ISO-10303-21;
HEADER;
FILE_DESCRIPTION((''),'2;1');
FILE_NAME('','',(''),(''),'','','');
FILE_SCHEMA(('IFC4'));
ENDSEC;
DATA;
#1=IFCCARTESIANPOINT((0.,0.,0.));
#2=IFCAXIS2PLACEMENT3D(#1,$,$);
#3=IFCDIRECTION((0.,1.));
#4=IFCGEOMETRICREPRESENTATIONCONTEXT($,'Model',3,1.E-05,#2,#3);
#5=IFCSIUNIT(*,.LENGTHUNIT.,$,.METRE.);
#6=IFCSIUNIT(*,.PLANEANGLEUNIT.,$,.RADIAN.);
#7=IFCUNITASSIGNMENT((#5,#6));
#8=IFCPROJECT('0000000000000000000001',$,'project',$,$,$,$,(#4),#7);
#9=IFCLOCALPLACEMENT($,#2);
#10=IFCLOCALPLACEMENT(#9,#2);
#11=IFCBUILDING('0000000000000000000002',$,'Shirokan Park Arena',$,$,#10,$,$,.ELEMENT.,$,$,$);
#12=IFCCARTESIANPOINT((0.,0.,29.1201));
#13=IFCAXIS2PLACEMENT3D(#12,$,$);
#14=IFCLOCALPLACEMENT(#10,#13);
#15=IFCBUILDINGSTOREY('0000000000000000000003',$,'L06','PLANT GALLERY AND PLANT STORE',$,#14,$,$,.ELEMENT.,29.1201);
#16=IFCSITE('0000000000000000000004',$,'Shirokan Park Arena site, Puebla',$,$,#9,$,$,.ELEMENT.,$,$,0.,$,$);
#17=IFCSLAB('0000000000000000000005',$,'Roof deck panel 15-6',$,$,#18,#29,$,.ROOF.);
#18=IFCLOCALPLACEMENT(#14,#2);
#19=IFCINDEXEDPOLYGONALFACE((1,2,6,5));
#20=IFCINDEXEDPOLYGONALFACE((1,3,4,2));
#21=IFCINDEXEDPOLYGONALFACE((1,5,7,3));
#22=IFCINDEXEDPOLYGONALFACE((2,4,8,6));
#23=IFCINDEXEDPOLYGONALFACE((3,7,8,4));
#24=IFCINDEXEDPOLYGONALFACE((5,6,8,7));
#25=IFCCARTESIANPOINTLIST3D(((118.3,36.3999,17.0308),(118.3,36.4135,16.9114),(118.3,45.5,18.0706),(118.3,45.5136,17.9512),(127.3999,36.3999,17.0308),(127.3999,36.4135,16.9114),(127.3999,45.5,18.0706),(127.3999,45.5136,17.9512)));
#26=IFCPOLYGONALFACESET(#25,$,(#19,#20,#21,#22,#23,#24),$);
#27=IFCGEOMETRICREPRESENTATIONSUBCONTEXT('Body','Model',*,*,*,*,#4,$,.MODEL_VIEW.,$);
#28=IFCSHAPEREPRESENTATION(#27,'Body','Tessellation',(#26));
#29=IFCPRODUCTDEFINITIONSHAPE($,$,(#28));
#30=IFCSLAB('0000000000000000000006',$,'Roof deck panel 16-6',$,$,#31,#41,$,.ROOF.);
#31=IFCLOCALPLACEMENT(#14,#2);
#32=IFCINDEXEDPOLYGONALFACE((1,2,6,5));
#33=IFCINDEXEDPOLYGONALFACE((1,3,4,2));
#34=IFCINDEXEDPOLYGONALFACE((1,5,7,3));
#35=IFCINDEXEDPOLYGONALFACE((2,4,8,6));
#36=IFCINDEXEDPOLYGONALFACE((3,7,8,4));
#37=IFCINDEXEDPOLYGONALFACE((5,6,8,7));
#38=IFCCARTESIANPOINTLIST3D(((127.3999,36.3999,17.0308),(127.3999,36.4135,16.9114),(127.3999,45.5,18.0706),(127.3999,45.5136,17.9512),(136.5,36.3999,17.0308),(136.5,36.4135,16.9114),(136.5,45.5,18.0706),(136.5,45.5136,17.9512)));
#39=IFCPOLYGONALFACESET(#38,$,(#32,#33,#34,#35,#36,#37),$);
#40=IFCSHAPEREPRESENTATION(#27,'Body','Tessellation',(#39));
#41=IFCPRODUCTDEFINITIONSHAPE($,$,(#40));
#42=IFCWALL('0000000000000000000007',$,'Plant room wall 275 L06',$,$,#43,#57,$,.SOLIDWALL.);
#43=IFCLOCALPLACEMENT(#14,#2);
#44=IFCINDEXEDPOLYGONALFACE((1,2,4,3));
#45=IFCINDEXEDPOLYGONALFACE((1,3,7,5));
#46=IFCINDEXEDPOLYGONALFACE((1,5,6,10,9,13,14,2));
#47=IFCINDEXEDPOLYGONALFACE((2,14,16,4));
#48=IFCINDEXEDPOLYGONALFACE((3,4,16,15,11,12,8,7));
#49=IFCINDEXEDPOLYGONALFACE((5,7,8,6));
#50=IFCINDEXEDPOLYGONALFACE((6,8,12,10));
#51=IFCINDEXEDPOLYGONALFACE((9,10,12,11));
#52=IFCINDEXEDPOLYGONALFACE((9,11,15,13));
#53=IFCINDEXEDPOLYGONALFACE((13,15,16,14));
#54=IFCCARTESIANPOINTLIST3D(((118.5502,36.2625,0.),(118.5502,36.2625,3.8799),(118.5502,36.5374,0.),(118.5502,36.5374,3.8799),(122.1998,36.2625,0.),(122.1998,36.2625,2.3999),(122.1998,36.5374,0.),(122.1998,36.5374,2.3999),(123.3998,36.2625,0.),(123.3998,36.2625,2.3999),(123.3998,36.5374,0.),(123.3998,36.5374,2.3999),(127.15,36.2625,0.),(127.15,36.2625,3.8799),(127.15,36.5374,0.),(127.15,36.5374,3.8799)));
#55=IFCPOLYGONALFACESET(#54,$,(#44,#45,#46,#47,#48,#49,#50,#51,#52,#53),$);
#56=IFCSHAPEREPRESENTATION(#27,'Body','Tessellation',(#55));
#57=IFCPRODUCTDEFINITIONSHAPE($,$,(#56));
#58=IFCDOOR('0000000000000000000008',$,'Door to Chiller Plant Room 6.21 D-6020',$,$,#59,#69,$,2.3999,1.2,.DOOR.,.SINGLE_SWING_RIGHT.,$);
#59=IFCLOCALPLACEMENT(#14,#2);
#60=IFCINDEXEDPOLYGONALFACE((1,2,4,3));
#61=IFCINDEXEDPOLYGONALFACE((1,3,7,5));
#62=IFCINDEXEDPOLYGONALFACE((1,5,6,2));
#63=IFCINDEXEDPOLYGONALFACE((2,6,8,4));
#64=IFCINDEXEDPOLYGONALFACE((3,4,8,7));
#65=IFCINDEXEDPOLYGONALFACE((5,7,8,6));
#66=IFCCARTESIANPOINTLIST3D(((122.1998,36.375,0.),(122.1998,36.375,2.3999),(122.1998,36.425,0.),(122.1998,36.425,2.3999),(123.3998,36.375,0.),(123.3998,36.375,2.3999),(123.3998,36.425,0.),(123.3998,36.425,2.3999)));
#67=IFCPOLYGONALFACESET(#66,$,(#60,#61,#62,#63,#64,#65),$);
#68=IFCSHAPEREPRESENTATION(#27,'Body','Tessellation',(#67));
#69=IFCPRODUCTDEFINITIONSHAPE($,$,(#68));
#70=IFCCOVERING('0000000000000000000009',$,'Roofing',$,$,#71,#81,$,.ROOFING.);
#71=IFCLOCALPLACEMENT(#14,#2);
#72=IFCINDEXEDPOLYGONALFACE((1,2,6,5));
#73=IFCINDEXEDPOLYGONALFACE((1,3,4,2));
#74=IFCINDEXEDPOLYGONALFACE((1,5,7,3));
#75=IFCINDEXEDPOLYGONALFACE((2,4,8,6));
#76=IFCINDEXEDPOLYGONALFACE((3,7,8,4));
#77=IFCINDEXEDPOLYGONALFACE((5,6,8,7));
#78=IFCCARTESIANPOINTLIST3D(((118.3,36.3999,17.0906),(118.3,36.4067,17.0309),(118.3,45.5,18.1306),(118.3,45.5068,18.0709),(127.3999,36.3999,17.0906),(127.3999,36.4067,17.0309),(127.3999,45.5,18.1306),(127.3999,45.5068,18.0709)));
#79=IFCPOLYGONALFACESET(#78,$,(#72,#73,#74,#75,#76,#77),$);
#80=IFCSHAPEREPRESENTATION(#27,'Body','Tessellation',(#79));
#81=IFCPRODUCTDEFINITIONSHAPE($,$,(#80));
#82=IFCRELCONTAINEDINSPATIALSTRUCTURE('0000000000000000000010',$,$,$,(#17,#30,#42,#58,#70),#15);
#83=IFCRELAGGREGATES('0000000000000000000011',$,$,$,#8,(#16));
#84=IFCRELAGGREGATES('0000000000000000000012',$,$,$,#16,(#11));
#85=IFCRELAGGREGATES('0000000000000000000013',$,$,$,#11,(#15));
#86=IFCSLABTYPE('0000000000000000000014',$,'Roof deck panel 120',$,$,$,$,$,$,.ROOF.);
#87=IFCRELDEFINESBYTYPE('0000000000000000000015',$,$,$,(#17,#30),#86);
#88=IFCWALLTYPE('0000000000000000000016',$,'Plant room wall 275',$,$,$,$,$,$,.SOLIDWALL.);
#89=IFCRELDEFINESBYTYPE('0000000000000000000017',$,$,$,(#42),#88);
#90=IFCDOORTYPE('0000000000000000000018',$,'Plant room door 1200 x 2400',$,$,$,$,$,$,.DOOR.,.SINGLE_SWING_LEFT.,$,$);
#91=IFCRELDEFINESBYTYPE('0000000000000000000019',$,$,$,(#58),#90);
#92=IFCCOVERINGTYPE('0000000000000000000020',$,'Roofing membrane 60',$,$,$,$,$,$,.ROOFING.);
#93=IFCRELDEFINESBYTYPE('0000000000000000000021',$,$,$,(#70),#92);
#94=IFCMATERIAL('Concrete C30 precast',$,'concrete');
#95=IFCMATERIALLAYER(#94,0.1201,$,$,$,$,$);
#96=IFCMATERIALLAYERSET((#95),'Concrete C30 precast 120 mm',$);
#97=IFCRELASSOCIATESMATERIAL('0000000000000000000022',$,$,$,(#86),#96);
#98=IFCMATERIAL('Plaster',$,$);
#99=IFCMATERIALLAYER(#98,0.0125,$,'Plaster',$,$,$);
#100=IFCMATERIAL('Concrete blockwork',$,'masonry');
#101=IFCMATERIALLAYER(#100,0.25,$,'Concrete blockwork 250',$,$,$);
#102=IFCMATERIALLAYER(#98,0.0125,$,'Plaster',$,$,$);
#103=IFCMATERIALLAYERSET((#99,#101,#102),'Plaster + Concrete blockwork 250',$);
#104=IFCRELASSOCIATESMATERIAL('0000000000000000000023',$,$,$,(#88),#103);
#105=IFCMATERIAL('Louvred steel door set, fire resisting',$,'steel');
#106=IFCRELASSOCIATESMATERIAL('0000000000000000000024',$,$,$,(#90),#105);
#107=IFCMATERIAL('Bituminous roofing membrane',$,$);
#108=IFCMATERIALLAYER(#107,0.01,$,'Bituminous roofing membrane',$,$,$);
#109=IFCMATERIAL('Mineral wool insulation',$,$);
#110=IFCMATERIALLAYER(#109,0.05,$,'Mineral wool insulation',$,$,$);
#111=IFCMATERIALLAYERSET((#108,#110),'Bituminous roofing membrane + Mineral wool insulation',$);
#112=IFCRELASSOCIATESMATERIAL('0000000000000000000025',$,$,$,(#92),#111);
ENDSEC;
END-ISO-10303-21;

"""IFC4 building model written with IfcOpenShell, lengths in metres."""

from ifc_helpers import new_model, si_unit, direction, frame, frame_2d, origin, place, context, subcontext, project, spatial, polyline, rectangle, outline, extrude, material, layer, layer_set, type_object, element, fill, save


model = new_model("IFC4")

# Units and contexts
model_context = context("Model", 3, precision=1e-05, world=origin(), true_north=direction((0.0, 1.0)))
body_context = subcontext(model_context, "Body", "Model", "MODEL_VIEW")
ifc_project = project(units=[si_unit("LENGTHUNIT", "METRE"), si_unit("PLANEANGLEUNIT", "RADIAN")], contexts=[model_context])

# Site, building, storey
site_placement = place(None, origin())
site = spatial("IfcSite", under=ifc_project, at=site_placement, Name="Shirokan Park Arena site, Puebla", CompositionType="ELEMENT", RefElevation=0.0)
building_placement = place(site_placement, origin())
building = spatial("IfcBuilding", under=site, at=building_placement, Name="Shirokan Park Arena", CompositionType="ELEMENT")
storey_placement = place(building_placement, frame((0.0, 0.0, 29.1201)))
storey = spatial("IfcBuildingStorey", under=building, at=storey_placement, Name="L06", Description="PLANT GALLERY AND PLANT STORE", CompositionType="ELEMENT", Elevation=29.1201)

# Slabs
ifc_material_1 = material(Name="Concrete C30 precast", Category="concrete")
ifc_layer_1 = layer(ifc_material_1, 0.1201)
ifc_layer_set_1 = layer_set([ifc_layer_1], Name="Concrete C30 precast 120 mm")
slab_type = type_object("IfcSlabType", Name="Roof deck panel 120", PredefinedType="ROOF", material=ifc_layer_set_1)
slab_1_placement = place(storey_placement, frame((118.3, 36.3999, 17.0308), z_axis=(0.0, -0.113523, 0.993535), x_axis=(1.0, 0.0, 0.0)))
element("IfcSlab", 1, at=slab_1_placement, inside=storey, type_object=slab_type, Name="Roof deck panel 15-6", PredefinedType="ROOF", context=body_context, shape_type="SweptSolid", body=[
    extrude(outline(polyline([(0.0, 0.0), (9.0999, 0.0), (9.0999, 9.1593), (0.0, 9.1593), (0.0, 0.0)])), origin(), (0.0, 0.0, -1.0), 0.1201),
])
slab_2_placement = place(storey_placement, frame((127.3999, 36.3999, 17.0308), z_axis=(0.0, -0.113523, 0.993535), x_axis=(1.0, 0.0, 0.0)))
element("IfcSlab", 2, at=slab_2_placement, inside=storey, type_object=slab_type, Name="Roof deck panel 16-6", PredefinedType="ROOF", context=body_context, shape_type="SweptSolid", body=[
    extrude(outline(polyline([(0.0, 0.0), (9.1001, 0.0), (9.1001, 9.1593), (0.0, 9.1593), (0.0, 0.0)])), origin(), (0.0, 0.0, -1.0), 0.1201),
])

# Wall, opening, door
ifc_material_2 = material(Name="Plaster")
ifc_layer_2 = layer(ifc_material_2, 0.0125, Name="Plaster")
ifc_material_3 = material(Name="Concrete blockwork", Category="masonry")
ifc_layer_3 = layer(ifc_material_3, 0.25, Name="Concrete blockwork 250")
ifc_layer_4 = layer(ifc_material_2, 0.0125, Name="Plaster")
ifc_layer_set_2 = layer_set([ifc_layer_2, ifc_layer_3, ifc_layer_4], Name="Plaster + Concrete blockwork 250")
wall_type = type_object("IfcWallType", Name="Plant room wall 275", PredefinedType="SOLIDWALL", material=ifc_layer_set_2)
wall_placement = place(storey_placement, frame((127.1499, 36.3999, 0.0), z_axis=(0.0, 0.0, 1.0), x_axis=(-1.0, 0.0, 0.0)))
wall = element("IfcWall", 3, at=wall_placement, inside=storey, type_object=wall_type, Name="Plant room wall 275 L06", PredefinedType="SOLIDWALL", context=body_context, shape_type="SweptSolid", body=[
    extrude(rectangle(XDim=8.5999, YDim=0.2749, at=frame_2d((4.2998, 0.0))), origin(), (0.0, 0.0, 1.0), 3.8799),
])
opening_placement = place(wall_placement, frame((3.75, 0.0, 0.0)))
opening = element("IfcOpeningElement", 4, at=opening_placement, cuts=wall, PredefinedType="OPENING", context=body_context, shape_type="SweptSolid", body=[
    extrude(rectangle(XDim=1.2, YDim=2.3999, at=frame_2d((0.6001, 1.2))), frame((0.0, 0.1475, 0.0), z_axis=(0.0, -1.0, 0.0), x_axis=(1.0, 0.0, 0.0)), (0.0, 0.0, 1.0), 0.2949),
])
ifc_material_4 = material(Name="Louvred steel door set, fire resisting", Category="steel")
door_type = type_object("IfcDoorType", Name="Plant room door 1200 x 2400", OperationType="SINGLE_SWING_LEFT", PredefinedType="DOOR", material=ifc_material_4)
door_placement = place(opening_placement, origin())
door = element("IfcDoor", 5, at=door_placement, inside=storey, type_object=door_type, Name="Door to Chiller Plant Room 6.21 D-6020", OperationType="SINGLE_SWING_RIGHT", OverallHeight=2.3999, OverallWidth=1.2, PredefinedType="DOOR", context=body_context, shape_type="SweptSolid", body=[
    extrude(rectangle(XDim=1.2, YDim=2.3999, at=frame_2d((0.6001, 1.2))), frame((0.0, 0.0249, 0.0), z_axis=(0.0, -1.0, 0.0), x_axis=(1.0, 0.0, 0.0)), (0.0, 0.0, 1.0), 0.05),
])
fill(opening, door)

# Covering
ifc_material_5 = material(Name="Bituminous roofing membrane")
ifc_layer_5 = layer(ifc_material_5, 0.01, Name="Bituminous roofing membrane")
ifc_material_6 = material(Name="Mineral wool insulation")
ifc_layer_6 = layer(ifc_material_6, 0.05, Name="Mineral wool insulation")
ifc_layer_set_3 = layer_set([ifc_layer_5, ifc_layer_6], Name="Bituminous roofing membrane + Mineral wool insulation")
covering_type = type_object("IfcCoveringType", Name="Roofing membrane 60", PredefinedType="ROOFING", material=ifc_layer_set_3)
covering_placement = place(storey_placement, frame((118.3, 36.3999, 17.0906), z_axis=(0.0, -0.11355, 0.993532), x_axis=(1.0, 0.0, 0.0)))
element("IfcCovering", 6, at=covering_placement, inside=storey, type_object=covering_type, Name="Roofing", PredefinedType="ROOFING", context=body_context, shape_type="SweptSolid", body=[
    extrude(outline(polyline([(0.0, 0.0), (9.0999, 0.0), (9.0999, 9.1593), (0.0, 9.1593), (0.0, 0.0)])), origin(), (0.0, 0.0, -1.0), 0.0601),
])

save(model, "model.ifc")
